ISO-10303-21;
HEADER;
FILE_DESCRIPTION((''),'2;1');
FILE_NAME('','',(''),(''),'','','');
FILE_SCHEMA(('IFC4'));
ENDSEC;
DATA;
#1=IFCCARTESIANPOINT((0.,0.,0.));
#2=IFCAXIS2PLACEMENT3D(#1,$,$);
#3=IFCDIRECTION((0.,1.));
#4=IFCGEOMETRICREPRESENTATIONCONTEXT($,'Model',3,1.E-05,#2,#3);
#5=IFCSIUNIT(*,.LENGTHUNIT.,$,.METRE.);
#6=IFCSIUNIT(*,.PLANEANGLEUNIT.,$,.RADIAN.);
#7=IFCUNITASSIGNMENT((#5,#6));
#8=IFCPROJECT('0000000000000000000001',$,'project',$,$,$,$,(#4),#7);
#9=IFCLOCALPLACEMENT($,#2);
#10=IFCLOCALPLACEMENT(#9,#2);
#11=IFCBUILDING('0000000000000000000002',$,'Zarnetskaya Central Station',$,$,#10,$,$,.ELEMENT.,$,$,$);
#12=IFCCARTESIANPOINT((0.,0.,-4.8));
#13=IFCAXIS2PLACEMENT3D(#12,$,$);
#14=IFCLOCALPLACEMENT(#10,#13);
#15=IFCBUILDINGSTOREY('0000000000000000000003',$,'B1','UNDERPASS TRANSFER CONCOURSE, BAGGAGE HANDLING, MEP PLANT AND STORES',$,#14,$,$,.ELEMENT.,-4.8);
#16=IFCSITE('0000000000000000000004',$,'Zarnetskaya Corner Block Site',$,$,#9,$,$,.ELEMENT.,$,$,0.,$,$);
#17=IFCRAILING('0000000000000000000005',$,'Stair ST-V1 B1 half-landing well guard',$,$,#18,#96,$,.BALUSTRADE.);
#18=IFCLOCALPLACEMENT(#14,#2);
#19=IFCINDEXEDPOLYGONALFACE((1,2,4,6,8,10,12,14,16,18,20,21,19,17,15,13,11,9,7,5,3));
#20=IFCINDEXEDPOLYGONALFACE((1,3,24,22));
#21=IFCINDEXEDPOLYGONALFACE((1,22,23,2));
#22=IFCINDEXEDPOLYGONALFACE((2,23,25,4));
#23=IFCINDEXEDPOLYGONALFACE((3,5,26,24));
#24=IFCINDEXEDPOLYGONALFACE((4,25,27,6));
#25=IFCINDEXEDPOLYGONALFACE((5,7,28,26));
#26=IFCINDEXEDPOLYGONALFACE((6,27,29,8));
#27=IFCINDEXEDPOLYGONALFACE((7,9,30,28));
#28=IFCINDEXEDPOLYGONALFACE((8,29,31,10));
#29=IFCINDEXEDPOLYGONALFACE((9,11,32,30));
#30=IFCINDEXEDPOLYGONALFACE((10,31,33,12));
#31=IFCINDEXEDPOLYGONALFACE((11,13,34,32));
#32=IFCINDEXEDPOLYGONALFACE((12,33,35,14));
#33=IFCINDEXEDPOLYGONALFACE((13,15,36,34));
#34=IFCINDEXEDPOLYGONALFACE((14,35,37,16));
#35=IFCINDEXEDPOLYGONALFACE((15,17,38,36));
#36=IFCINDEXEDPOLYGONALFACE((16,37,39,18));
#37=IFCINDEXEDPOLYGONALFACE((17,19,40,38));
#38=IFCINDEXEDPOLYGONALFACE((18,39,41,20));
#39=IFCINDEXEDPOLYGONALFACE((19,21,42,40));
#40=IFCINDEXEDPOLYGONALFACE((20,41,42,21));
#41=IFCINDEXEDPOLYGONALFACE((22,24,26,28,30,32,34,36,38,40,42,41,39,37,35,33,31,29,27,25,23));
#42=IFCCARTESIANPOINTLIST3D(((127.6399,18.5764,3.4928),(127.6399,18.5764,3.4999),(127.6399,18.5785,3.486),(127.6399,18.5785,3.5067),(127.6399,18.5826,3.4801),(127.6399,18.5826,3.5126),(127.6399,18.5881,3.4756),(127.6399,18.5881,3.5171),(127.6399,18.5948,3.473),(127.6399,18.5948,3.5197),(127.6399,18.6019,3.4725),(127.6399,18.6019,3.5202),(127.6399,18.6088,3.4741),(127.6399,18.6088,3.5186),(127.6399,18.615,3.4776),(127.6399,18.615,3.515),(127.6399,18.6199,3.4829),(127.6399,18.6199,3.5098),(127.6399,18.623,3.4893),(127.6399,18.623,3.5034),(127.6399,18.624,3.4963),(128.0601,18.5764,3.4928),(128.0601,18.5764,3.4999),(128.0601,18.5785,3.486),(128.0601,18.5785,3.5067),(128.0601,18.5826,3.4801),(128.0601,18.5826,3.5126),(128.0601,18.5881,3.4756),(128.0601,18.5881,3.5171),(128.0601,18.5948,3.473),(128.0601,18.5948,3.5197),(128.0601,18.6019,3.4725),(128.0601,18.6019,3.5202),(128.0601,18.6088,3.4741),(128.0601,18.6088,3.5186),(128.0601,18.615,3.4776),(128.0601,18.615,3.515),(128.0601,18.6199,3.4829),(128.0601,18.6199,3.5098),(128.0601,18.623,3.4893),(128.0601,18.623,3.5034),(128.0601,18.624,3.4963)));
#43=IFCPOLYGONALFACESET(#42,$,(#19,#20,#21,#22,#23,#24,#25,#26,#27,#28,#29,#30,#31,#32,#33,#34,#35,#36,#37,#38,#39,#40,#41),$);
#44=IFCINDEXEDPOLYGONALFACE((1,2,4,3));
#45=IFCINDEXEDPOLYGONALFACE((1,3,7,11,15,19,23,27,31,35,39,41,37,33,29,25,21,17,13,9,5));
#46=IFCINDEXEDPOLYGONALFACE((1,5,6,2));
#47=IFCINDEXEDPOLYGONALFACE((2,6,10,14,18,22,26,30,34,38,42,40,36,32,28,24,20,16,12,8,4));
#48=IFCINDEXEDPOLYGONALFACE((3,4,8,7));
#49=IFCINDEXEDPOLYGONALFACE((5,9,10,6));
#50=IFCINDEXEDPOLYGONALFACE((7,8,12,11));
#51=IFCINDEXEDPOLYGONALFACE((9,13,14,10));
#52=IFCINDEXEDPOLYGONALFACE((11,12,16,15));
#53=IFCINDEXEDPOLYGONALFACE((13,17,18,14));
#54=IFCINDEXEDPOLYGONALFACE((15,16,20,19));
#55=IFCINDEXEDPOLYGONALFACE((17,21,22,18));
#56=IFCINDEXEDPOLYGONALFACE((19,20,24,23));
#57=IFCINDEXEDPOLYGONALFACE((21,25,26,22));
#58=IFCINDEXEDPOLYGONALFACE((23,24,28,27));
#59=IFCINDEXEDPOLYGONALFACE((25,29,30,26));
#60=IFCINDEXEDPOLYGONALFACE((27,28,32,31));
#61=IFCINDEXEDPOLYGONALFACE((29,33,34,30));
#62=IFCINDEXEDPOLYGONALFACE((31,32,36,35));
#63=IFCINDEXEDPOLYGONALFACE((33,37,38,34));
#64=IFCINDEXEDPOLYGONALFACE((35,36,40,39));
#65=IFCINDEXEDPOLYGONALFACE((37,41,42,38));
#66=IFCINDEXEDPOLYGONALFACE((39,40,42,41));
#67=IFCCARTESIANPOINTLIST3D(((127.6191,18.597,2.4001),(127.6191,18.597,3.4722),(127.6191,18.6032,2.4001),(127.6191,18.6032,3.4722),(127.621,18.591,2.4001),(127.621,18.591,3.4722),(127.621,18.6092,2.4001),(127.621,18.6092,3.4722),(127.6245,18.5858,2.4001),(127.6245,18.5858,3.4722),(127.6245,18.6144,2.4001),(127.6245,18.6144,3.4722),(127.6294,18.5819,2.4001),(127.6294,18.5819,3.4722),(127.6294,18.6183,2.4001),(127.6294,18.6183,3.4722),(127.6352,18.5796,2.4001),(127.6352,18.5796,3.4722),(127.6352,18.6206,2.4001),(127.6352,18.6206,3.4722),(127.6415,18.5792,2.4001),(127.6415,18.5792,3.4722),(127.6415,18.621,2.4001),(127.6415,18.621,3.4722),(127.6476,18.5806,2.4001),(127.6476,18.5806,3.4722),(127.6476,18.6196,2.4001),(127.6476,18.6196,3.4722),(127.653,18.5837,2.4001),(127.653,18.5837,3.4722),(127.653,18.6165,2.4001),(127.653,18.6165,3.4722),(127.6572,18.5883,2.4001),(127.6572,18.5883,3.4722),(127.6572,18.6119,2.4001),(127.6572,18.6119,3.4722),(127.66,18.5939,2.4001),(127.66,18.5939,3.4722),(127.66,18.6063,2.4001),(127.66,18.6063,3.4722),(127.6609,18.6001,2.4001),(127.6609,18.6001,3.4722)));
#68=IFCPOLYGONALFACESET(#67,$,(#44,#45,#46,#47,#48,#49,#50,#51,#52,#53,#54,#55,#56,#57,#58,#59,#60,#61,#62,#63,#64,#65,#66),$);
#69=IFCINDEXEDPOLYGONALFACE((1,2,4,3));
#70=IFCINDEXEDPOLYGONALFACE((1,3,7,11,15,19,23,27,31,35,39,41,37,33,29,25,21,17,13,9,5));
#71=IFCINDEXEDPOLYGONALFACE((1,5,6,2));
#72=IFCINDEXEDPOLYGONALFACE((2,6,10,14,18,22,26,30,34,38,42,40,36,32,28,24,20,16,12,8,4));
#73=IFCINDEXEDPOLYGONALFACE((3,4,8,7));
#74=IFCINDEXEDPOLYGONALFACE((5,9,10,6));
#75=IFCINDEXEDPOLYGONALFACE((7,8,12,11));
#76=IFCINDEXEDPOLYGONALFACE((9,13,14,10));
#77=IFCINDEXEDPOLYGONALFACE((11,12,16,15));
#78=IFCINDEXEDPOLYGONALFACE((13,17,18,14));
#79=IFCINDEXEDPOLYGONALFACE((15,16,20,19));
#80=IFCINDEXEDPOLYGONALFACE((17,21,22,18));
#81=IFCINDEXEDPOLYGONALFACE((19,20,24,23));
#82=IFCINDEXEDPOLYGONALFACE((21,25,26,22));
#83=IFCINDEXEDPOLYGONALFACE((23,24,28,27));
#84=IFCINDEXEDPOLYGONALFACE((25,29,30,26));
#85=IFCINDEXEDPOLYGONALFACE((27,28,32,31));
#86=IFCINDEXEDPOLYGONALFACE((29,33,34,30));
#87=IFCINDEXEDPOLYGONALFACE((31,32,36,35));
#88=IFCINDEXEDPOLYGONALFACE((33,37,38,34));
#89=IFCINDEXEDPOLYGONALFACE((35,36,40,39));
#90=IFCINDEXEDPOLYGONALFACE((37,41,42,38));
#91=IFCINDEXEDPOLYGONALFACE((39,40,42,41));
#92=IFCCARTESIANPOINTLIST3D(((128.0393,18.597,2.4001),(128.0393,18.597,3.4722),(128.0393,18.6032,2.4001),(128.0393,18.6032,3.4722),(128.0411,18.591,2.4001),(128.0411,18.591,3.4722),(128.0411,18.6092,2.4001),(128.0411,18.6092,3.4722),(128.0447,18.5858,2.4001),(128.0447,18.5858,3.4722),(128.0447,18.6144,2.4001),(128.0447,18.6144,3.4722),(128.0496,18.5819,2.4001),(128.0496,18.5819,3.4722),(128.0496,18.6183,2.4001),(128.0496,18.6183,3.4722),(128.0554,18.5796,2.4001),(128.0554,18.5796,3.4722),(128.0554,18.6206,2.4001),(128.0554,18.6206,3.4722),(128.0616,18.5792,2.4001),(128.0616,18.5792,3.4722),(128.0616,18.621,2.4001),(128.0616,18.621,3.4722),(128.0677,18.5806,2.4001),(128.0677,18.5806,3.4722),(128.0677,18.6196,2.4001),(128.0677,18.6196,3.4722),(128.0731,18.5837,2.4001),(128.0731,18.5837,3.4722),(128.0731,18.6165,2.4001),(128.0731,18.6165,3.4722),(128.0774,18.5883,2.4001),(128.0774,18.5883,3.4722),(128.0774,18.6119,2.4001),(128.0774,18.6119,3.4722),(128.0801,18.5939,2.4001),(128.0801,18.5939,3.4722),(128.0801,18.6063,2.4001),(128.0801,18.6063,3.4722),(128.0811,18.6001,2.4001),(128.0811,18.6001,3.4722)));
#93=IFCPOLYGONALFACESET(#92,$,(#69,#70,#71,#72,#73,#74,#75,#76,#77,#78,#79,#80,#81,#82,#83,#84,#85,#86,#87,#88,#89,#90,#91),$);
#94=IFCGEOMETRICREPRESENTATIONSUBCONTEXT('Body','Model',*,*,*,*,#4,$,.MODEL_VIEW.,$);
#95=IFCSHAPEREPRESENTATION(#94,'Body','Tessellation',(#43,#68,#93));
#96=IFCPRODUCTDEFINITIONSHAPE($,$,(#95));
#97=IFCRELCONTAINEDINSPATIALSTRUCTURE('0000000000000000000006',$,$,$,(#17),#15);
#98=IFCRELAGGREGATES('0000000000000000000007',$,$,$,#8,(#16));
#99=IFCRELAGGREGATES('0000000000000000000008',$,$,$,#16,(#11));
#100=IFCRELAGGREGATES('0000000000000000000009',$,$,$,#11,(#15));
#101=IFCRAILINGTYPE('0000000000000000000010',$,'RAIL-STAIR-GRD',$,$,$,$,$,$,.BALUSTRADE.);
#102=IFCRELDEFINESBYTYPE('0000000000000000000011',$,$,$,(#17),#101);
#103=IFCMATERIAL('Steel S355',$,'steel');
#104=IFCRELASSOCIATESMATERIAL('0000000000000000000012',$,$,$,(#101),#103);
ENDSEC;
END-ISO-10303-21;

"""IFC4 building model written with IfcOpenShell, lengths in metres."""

from ifc_helpers import new_model, si_unit, direction, frame, origin, origin_2d, place, context, subcontext, project, spatial, circle, extrude, material, type_object, element, save


model = new_model("IFC4")

# Units and contexts
model_context = context("Model", 3, precision=1e-05, world=origin(), true_north=direction((0.0, 1.0)))
body_context = subcontext(model_context, "Body", "Model", "MODEL_VIEW")
ifc_project = project(units=[si_unit("LENGTHUNIT", "METRE"), si_unit("PLANEANGLEUNIT", "RADIAN")], contexts=[model_context])

# Site, building, storey
site_placement = place(None, origin())
site = spatial("IfcSite", under=ifc_project, at=site_placement, Name="Zarnetskaya Corner Block Site", CompositionType="ELEMENT", RefElevation=0.0)
building_placement = place(site_placement, origin())
building = spatial("IfcBuilding", under=site, at=building_placement, Name="Zarnetskaya Central Station", CompositionType="ELEMENT")
storey_placement = place(building_placement, frame((0.0, 0.0, -4.8)))
storey = spatial("IfcBuildingStorey", under=building, at=storey_placement, Name="B1", Description="UNDERPASS TRANSFER CONCOURSE, BAGGAGE HANDLING, MEP PLANT AND STORES", CompositionType="ELEMENT", Elevation=-4.8)

# Railing
ifc_material_1 = material(Name="Steel S355", Category="steel")
railing_type_1 = type_object("IfcRailingType", Name="RAIL-STAIR-GRD", PredefinedType="BALUSTRADE", material=ifc_material_1)
railing_1_placement = place(storey_placement, frame((127.6399, 18.6001, 2.4001)))
element("IfcRailing", 1, at=railing_1_placement, inside=storey, type_object=railing_type_1, Name="Stair ST-V1 B1 half-landing well guard", PredefinedType="BALUSTRADE", context=body_context, shape_type="SweptSolid", body=[
    extrude(circle(Radius=0.0239, at=origin_2d()), frame((0.0, 0.0, 1.0962), z_axis=(1.0, 0.0, 0.0), x_axis=(0.0, 1.0, 0.0)), (0.0, 0.0, 1.0), 0.4202),
    extrude(circle(Radius=0.021, at=origin_2d()), origin(), (0.0, 0.0, 1.0), 1.072),
    extrude(circle(Radius=0.021, at=origin_2d()), frame((0.4202, 0.0, 0.0)), (0.0, 0.0, 1.0), 1.072),
])

save(model, "model.ifc")
